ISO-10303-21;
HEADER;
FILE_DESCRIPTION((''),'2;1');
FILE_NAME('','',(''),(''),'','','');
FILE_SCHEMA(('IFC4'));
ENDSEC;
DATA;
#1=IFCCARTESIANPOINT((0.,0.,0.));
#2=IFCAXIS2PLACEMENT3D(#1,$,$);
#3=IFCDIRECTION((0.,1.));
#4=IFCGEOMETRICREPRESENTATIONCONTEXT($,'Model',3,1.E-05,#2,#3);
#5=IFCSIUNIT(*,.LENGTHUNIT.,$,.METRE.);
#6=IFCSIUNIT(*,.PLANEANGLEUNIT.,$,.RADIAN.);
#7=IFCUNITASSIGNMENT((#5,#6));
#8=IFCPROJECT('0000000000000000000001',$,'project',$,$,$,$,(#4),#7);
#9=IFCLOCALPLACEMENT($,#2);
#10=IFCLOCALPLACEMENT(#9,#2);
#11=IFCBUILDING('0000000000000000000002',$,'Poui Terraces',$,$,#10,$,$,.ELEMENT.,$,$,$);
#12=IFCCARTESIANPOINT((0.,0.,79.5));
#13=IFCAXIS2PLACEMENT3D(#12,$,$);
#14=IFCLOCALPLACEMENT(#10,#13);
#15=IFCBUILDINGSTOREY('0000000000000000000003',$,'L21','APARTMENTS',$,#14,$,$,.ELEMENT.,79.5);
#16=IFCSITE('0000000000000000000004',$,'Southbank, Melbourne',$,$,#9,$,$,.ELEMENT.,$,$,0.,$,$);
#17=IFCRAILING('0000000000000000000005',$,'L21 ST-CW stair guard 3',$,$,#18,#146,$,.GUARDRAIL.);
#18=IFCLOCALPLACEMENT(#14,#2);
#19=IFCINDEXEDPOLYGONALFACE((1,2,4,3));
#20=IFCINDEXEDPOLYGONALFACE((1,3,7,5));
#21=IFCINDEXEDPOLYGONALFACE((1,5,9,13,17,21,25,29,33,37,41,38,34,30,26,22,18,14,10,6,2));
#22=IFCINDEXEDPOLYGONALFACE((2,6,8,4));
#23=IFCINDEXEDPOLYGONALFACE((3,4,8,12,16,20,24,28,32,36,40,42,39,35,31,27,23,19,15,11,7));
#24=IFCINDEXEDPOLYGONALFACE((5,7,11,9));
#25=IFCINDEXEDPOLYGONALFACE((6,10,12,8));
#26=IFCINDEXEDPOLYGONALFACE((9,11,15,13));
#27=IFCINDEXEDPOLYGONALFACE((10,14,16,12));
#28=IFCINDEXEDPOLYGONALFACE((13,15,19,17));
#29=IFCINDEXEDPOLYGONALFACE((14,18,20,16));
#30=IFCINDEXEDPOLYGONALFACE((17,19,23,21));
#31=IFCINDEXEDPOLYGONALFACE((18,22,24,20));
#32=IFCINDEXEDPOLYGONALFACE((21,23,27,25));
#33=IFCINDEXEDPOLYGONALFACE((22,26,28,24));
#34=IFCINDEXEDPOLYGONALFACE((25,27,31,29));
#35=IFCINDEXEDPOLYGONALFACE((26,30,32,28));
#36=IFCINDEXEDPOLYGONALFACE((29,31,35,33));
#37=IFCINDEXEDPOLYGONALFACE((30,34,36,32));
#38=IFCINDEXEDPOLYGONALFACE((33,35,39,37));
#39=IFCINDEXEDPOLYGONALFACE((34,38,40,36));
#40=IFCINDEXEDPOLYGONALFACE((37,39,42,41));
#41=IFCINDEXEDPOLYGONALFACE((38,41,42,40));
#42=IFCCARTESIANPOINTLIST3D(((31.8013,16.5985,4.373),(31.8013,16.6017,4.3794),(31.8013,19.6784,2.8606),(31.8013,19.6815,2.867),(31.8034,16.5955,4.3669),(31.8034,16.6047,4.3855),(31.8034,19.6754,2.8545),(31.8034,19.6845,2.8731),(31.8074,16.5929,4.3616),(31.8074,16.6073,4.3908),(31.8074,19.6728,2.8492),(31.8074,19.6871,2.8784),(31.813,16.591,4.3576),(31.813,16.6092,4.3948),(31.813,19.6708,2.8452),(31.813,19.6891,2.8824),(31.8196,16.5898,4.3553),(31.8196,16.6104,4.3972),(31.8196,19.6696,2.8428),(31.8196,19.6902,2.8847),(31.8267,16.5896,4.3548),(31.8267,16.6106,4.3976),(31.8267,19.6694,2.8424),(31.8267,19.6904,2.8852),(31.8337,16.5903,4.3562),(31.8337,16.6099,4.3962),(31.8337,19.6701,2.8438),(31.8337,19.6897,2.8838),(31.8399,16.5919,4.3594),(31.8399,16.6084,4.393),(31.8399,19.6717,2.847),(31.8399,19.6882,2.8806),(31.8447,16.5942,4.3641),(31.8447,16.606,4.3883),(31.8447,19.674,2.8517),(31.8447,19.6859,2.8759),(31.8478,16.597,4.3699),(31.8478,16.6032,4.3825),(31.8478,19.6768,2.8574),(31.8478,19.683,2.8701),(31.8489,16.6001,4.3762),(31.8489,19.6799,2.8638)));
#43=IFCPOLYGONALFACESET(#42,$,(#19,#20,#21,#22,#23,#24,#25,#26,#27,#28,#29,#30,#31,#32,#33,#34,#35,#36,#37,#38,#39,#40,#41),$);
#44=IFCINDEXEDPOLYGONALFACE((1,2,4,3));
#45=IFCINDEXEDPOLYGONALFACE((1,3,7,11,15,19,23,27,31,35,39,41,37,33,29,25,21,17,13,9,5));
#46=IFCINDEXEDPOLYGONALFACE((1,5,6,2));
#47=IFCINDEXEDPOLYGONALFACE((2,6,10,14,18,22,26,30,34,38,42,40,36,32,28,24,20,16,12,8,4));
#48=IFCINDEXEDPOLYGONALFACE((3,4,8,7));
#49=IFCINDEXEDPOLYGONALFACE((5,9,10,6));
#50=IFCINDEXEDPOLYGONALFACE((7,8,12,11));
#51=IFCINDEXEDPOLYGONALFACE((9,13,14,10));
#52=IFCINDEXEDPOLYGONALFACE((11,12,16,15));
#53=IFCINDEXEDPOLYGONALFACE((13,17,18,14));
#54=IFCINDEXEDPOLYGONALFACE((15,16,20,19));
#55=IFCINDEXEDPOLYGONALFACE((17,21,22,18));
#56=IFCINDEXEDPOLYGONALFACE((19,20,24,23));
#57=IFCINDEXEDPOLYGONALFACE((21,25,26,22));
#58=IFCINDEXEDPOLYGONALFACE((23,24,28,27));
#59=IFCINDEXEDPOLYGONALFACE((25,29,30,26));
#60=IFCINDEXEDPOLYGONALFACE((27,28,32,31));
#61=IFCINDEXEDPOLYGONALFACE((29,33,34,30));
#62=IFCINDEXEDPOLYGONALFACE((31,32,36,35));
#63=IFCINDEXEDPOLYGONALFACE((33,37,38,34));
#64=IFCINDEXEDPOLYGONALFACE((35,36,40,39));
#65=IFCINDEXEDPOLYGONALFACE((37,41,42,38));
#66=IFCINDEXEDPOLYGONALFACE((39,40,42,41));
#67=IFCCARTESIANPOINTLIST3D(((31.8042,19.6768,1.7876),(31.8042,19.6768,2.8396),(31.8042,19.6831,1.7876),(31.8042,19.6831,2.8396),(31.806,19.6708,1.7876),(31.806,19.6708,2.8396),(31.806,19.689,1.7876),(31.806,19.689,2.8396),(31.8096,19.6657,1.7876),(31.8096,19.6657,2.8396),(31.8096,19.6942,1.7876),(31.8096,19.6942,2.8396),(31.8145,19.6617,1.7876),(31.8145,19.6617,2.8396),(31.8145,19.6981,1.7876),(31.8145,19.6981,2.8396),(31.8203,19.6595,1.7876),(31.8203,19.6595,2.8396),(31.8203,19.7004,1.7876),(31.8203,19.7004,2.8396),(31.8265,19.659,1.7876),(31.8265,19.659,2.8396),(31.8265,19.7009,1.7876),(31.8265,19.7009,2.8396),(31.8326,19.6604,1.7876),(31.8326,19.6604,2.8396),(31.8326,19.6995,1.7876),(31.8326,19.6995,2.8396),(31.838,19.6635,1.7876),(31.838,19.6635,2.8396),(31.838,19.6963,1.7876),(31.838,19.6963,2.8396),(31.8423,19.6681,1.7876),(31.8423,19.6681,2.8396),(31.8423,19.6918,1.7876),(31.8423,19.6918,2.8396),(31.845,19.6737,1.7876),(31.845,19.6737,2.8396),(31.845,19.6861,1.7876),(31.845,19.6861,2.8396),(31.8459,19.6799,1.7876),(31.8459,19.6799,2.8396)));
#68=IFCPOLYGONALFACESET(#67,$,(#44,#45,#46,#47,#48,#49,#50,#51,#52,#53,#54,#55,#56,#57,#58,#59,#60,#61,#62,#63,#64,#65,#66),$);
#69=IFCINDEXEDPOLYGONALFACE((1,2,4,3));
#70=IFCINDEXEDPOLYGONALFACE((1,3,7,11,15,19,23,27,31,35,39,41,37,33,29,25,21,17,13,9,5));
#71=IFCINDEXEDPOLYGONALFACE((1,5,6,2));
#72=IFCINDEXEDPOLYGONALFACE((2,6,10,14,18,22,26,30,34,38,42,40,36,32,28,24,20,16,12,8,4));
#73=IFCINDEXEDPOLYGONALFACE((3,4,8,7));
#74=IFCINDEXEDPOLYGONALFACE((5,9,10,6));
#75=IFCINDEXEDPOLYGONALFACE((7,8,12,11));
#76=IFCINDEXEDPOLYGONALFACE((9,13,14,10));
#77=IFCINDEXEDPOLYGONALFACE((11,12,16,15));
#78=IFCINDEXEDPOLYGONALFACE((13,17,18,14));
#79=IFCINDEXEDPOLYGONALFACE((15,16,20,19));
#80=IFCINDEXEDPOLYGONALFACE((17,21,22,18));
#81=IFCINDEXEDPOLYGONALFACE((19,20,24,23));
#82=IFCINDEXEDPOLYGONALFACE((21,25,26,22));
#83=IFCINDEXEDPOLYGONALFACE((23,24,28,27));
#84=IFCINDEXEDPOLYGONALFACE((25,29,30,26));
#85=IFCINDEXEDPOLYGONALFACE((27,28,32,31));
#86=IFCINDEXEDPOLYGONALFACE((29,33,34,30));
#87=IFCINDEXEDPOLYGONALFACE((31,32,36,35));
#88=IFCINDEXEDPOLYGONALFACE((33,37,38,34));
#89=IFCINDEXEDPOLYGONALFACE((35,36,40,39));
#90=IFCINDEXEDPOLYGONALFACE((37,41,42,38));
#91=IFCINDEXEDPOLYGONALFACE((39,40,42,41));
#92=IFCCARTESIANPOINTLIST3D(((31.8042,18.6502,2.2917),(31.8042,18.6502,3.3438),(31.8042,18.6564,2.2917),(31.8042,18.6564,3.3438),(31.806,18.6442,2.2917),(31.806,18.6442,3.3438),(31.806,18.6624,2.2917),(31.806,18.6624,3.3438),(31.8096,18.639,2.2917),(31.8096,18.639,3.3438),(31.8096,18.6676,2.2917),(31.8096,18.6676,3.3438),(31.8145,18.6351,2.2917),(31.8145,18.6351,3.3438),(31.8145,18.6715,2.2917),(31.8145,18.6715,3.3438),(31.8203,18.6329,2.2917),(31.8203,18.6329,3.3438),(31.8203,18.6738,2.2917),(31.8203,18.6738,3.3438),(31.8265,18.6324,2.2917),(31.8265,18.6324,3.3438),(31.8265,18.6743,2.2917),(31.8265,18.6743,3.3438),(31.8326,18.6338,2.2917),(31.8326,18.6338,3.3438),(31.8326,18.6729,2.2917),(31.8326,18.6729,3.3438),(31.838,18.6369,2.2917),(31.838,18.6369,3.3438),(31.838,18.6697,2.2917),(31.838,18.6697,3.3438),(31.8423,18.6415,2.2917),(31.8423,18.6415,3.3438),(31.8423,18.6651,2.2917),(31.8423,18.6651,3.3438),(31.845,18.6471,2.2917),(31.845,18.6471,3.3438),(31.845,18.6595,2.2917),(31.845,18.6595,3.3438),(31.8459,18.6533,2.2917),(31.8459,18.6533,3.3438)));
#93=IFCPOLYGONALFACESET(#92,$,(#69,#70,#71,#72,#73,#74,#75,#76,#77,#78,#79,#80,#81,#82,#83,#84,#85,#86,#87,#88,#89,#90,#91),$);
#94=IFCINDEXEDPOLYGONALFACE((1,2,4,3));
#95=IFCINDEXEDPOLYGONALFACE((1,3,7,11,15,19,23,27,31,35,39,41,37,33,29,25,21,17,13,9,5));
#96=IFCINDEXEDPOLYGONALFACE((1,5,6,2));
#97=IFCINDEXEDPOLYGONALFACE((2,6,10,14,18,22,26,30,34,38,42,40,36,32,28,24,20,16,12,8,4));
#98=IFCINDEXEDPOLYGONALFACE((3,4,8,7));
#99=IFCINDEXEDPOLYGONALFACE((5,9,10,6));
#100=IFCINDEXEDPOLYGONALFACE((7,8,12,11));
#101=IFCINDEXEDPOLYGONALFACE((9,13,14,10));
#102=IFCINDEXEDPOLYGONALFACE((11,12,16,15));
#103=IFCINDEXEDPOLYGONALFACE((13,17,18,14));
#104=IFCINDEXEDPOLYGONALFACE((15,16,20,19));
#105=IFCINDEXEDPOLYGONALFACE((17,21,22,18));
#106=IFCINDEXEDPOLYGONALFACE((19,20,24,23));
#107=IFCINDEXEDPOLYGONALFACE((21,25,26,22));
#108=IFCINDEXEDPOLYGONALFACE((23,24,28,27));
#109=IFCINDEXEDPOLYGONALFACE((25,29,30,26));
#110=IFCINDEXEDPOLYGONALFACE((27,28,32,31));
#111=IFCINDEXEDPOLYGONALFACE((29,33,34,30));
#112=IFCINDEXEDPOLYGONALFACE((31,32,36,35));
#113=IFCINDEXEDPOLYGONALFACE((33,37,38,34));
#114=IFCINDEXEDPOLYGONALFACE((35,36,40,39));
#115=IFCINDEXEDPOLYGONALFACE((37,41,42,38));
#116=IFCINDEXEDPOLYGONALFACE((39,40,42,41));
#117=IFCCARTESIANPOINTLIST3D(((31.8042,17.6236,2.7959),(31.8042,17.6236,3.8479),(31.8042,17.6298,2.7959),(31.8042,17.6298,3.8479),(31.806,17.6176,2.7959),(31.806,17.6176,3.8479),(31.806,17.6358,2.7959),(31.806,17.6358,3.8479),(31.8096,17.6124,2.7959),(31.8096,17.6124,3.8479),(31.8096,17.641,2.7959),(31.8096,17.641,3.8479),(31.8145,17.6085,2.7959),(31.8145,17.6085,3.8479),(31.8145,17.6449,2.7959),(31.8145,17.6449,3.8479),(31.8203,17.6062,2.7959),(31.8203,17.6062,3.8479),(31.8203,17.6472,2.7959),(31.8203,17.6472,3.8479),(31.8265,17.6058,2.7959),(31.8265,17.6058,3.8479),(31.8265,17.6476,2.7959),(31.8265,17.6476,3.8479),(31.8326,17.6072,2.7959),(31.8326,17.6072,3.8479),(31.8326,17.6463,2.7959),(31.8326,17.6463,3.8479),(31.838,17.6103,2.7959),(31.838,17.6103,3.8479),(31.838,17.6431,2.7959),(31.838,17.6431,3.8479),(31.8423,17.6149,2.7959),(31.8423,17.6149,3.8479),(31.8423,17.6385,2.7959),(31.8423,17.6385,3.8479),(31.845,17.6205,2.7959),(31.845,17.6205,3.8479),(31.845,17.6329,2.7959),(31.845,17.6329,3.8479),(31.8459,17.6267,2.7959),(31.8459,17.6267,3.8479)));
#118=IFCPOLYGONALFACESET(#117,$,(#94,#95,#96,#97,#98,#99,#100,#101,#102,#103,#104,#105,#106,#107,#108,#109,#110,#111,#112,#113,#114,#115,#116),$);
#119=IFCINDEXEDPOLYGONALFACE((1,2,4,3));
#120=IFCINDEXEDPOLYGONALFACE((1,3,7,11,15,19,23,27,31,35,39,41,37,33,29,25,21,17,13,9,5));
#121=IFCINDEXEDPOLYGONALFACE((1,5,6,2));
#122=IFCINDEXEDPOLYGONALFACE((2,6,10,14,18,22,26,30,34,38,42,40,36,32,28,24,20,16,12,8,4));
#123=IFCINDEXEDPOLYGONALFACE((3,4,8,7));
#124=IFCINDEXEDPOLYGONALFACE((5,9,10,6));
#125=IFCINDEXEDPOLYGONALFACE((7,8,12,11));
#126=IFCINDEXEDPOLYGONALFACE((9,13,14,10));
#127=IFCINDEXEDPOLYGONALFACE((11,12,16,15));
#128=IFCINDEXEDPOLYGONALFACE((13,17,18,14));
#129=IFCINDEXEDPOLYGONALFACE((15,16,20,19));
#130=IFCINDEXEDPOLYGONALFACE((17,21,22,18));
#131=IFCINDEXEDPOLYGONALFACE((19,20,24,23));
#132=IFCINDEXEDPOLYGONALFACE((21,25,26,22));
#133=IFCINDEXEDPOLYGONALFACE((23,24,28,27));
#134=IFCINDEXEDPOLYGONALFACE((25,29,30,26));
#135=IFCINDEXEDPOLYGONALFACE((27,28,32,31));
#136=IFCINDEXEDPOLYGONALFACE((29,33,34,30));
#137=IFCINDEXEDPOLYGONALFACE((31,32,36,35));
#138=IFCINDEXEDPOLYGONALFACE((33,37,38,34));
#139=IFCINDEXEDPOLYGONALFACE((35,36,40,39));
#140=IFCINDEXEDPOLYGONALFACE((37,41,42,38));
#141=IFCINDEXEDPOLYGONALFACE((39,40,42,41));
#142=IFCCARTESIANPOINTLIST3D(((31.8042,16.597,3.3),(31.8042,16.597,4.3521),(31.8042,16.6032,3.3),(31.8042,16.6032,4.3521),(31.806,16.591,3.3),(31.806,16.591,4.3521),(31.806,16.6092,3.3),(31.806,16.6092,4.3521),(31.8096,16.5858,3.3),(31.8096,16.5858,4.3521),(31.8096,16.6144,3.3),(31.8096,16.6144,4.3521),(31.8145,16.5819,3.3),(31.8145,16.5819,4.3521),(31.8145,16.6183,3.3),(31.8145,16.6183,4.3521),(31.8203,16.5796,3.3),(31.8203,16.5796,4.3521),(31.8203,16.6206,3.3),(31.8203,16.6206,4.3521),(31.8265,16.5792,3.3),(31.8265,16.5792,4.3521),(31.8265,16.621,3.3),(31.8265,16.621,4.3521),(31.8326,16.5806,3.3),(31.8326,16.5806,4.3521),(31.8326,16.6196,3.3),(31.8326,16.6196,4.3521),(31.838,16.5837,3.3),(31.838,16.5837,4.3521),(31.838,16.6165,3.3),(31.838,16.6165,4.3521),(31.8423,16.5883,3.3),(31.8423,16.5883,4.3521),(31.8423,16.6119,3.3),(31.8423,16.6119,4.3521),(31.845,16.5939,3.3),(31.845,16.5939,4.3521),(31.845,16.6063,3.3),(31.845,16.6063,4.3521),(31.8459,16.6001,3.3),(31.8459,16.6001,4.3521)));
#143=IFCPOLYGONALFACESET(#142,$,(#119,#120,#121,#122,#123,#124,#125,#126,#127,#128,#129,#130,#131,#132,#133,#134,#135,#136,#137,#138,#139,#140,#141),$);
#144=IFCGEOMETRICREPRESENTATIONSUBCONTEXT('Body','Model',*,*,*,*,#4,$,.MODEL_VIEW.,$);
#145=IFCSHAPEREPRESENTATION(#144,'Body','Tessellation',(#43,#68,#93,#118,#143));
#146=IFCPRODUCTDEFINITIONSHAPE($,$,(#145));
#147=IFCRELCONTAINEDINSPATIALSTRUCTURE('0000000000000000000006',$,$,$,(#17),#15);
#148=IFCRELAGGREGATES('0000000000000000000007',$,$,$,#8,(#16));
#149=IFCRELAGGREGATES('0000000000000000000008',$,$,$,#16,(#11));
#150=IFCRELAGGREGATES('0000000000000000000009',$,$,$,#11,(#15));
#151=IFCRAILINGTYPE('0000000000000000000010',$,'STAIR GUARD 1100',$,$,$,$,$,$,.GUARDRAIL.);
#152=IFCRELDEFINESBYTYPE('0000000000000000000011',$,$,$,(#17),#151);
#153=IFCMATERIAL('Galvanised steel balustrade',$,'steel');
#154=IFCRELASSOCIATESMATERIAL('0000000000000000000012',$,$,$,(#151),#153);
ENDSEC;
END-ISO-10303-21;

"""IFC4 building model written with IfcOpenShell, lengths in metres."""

from ifc_helpers import new_model, si_unit, direction, frame, origin, origin_2d, place, context, subcontext, project, spatial, circle, extrude, material, type_object, element, save


model = new_model("IFC4")

# Units and contexts
model_context = context("Model", 3, precision=1e-05, world=origin(), true_north=direction((0.0, 1.0)))
body_context = subcontext(model_context, "Body", "Model", "MODEL_VIEW")
ifc_project = project(units=[si_unit("LENGTHUNIT", "METRE"), si_unit("PLANEANGLEUNIT", "RADIAN")], contexts=[model_context])

# Site, building, storey
site_placement = place(None, origin())
site = spatial("IfcSite", under=ifc_project, at=site_placement, Name="Southbank, Melbourne", CompositionType="ELEMENT", RefElevation=0.0)
building_placement = place(site_placement, origin())
building = spatial("IfcBuilding", under=site, at=building_placement, Name="Poui Terraces", CompositionType="ELEMENT")
storey_placement = place(building_placement, frame((0.0, 0.0, 79.5)))
storey = spatial("IfcBuildingStorey", under=building, at=storey_placement, Name="L21", Description="APARTMENTS", CompositionType="ELEMENT", Elevation=79.5)

# Railing
ifc_material_1 = material(Name="Galvanised steel balustrade", Category="steel")
railing_type_1 = type_object("IfcRailingType", Name="STAIR GUARD 1100", PredefinedType="GUARDRAIL", material=ifc_material_1)
railing_1_placement = place(storey_placement, frame((31.825, 19.6799, 1.7876)))
element("IfcRailing", 1, at=railing_1_placement, inside=storey, type_object=railing_type_1, Name="L21 ST-CW stair guard 3", PredefinedType="GUARDRAIL", context=body_context, shape_type="SweptSolid", body=[
    extrude(circle(Radius=0.0239, at=origin_2d()), frame((0.0, 0.0, 1.0762), z_axis=(0.0, -0.897606, 0.440798), x_axis=(1.0, 0.0, 0.0)), (0.0, 0.0, 1.0), 3.4312),
    extrude(circle(Radius=0.021, at=origin_2d()), origin(), (0.0, 0.0, 1.0), 1.052),
    extrude(circle(Radius=0.021, at=origin_2d()), frame((0.0, -1.0266, 0.5042)), (0.0, 0.0, 1.0), 1.052),
    extrude(circle(Radius=0.021, at=origin_2d()), frame((0.0, -2.0532, 1.0083)), (0.0, 0.0, 1.0), 1.052),
    extrude(circle(Radius=0.021, at=origin_2d()), frame((0.0, -3.0798, 1.5125)), (0.0, 0.0, 1.0), 1.052),
])

save(model, "model.ifc")
